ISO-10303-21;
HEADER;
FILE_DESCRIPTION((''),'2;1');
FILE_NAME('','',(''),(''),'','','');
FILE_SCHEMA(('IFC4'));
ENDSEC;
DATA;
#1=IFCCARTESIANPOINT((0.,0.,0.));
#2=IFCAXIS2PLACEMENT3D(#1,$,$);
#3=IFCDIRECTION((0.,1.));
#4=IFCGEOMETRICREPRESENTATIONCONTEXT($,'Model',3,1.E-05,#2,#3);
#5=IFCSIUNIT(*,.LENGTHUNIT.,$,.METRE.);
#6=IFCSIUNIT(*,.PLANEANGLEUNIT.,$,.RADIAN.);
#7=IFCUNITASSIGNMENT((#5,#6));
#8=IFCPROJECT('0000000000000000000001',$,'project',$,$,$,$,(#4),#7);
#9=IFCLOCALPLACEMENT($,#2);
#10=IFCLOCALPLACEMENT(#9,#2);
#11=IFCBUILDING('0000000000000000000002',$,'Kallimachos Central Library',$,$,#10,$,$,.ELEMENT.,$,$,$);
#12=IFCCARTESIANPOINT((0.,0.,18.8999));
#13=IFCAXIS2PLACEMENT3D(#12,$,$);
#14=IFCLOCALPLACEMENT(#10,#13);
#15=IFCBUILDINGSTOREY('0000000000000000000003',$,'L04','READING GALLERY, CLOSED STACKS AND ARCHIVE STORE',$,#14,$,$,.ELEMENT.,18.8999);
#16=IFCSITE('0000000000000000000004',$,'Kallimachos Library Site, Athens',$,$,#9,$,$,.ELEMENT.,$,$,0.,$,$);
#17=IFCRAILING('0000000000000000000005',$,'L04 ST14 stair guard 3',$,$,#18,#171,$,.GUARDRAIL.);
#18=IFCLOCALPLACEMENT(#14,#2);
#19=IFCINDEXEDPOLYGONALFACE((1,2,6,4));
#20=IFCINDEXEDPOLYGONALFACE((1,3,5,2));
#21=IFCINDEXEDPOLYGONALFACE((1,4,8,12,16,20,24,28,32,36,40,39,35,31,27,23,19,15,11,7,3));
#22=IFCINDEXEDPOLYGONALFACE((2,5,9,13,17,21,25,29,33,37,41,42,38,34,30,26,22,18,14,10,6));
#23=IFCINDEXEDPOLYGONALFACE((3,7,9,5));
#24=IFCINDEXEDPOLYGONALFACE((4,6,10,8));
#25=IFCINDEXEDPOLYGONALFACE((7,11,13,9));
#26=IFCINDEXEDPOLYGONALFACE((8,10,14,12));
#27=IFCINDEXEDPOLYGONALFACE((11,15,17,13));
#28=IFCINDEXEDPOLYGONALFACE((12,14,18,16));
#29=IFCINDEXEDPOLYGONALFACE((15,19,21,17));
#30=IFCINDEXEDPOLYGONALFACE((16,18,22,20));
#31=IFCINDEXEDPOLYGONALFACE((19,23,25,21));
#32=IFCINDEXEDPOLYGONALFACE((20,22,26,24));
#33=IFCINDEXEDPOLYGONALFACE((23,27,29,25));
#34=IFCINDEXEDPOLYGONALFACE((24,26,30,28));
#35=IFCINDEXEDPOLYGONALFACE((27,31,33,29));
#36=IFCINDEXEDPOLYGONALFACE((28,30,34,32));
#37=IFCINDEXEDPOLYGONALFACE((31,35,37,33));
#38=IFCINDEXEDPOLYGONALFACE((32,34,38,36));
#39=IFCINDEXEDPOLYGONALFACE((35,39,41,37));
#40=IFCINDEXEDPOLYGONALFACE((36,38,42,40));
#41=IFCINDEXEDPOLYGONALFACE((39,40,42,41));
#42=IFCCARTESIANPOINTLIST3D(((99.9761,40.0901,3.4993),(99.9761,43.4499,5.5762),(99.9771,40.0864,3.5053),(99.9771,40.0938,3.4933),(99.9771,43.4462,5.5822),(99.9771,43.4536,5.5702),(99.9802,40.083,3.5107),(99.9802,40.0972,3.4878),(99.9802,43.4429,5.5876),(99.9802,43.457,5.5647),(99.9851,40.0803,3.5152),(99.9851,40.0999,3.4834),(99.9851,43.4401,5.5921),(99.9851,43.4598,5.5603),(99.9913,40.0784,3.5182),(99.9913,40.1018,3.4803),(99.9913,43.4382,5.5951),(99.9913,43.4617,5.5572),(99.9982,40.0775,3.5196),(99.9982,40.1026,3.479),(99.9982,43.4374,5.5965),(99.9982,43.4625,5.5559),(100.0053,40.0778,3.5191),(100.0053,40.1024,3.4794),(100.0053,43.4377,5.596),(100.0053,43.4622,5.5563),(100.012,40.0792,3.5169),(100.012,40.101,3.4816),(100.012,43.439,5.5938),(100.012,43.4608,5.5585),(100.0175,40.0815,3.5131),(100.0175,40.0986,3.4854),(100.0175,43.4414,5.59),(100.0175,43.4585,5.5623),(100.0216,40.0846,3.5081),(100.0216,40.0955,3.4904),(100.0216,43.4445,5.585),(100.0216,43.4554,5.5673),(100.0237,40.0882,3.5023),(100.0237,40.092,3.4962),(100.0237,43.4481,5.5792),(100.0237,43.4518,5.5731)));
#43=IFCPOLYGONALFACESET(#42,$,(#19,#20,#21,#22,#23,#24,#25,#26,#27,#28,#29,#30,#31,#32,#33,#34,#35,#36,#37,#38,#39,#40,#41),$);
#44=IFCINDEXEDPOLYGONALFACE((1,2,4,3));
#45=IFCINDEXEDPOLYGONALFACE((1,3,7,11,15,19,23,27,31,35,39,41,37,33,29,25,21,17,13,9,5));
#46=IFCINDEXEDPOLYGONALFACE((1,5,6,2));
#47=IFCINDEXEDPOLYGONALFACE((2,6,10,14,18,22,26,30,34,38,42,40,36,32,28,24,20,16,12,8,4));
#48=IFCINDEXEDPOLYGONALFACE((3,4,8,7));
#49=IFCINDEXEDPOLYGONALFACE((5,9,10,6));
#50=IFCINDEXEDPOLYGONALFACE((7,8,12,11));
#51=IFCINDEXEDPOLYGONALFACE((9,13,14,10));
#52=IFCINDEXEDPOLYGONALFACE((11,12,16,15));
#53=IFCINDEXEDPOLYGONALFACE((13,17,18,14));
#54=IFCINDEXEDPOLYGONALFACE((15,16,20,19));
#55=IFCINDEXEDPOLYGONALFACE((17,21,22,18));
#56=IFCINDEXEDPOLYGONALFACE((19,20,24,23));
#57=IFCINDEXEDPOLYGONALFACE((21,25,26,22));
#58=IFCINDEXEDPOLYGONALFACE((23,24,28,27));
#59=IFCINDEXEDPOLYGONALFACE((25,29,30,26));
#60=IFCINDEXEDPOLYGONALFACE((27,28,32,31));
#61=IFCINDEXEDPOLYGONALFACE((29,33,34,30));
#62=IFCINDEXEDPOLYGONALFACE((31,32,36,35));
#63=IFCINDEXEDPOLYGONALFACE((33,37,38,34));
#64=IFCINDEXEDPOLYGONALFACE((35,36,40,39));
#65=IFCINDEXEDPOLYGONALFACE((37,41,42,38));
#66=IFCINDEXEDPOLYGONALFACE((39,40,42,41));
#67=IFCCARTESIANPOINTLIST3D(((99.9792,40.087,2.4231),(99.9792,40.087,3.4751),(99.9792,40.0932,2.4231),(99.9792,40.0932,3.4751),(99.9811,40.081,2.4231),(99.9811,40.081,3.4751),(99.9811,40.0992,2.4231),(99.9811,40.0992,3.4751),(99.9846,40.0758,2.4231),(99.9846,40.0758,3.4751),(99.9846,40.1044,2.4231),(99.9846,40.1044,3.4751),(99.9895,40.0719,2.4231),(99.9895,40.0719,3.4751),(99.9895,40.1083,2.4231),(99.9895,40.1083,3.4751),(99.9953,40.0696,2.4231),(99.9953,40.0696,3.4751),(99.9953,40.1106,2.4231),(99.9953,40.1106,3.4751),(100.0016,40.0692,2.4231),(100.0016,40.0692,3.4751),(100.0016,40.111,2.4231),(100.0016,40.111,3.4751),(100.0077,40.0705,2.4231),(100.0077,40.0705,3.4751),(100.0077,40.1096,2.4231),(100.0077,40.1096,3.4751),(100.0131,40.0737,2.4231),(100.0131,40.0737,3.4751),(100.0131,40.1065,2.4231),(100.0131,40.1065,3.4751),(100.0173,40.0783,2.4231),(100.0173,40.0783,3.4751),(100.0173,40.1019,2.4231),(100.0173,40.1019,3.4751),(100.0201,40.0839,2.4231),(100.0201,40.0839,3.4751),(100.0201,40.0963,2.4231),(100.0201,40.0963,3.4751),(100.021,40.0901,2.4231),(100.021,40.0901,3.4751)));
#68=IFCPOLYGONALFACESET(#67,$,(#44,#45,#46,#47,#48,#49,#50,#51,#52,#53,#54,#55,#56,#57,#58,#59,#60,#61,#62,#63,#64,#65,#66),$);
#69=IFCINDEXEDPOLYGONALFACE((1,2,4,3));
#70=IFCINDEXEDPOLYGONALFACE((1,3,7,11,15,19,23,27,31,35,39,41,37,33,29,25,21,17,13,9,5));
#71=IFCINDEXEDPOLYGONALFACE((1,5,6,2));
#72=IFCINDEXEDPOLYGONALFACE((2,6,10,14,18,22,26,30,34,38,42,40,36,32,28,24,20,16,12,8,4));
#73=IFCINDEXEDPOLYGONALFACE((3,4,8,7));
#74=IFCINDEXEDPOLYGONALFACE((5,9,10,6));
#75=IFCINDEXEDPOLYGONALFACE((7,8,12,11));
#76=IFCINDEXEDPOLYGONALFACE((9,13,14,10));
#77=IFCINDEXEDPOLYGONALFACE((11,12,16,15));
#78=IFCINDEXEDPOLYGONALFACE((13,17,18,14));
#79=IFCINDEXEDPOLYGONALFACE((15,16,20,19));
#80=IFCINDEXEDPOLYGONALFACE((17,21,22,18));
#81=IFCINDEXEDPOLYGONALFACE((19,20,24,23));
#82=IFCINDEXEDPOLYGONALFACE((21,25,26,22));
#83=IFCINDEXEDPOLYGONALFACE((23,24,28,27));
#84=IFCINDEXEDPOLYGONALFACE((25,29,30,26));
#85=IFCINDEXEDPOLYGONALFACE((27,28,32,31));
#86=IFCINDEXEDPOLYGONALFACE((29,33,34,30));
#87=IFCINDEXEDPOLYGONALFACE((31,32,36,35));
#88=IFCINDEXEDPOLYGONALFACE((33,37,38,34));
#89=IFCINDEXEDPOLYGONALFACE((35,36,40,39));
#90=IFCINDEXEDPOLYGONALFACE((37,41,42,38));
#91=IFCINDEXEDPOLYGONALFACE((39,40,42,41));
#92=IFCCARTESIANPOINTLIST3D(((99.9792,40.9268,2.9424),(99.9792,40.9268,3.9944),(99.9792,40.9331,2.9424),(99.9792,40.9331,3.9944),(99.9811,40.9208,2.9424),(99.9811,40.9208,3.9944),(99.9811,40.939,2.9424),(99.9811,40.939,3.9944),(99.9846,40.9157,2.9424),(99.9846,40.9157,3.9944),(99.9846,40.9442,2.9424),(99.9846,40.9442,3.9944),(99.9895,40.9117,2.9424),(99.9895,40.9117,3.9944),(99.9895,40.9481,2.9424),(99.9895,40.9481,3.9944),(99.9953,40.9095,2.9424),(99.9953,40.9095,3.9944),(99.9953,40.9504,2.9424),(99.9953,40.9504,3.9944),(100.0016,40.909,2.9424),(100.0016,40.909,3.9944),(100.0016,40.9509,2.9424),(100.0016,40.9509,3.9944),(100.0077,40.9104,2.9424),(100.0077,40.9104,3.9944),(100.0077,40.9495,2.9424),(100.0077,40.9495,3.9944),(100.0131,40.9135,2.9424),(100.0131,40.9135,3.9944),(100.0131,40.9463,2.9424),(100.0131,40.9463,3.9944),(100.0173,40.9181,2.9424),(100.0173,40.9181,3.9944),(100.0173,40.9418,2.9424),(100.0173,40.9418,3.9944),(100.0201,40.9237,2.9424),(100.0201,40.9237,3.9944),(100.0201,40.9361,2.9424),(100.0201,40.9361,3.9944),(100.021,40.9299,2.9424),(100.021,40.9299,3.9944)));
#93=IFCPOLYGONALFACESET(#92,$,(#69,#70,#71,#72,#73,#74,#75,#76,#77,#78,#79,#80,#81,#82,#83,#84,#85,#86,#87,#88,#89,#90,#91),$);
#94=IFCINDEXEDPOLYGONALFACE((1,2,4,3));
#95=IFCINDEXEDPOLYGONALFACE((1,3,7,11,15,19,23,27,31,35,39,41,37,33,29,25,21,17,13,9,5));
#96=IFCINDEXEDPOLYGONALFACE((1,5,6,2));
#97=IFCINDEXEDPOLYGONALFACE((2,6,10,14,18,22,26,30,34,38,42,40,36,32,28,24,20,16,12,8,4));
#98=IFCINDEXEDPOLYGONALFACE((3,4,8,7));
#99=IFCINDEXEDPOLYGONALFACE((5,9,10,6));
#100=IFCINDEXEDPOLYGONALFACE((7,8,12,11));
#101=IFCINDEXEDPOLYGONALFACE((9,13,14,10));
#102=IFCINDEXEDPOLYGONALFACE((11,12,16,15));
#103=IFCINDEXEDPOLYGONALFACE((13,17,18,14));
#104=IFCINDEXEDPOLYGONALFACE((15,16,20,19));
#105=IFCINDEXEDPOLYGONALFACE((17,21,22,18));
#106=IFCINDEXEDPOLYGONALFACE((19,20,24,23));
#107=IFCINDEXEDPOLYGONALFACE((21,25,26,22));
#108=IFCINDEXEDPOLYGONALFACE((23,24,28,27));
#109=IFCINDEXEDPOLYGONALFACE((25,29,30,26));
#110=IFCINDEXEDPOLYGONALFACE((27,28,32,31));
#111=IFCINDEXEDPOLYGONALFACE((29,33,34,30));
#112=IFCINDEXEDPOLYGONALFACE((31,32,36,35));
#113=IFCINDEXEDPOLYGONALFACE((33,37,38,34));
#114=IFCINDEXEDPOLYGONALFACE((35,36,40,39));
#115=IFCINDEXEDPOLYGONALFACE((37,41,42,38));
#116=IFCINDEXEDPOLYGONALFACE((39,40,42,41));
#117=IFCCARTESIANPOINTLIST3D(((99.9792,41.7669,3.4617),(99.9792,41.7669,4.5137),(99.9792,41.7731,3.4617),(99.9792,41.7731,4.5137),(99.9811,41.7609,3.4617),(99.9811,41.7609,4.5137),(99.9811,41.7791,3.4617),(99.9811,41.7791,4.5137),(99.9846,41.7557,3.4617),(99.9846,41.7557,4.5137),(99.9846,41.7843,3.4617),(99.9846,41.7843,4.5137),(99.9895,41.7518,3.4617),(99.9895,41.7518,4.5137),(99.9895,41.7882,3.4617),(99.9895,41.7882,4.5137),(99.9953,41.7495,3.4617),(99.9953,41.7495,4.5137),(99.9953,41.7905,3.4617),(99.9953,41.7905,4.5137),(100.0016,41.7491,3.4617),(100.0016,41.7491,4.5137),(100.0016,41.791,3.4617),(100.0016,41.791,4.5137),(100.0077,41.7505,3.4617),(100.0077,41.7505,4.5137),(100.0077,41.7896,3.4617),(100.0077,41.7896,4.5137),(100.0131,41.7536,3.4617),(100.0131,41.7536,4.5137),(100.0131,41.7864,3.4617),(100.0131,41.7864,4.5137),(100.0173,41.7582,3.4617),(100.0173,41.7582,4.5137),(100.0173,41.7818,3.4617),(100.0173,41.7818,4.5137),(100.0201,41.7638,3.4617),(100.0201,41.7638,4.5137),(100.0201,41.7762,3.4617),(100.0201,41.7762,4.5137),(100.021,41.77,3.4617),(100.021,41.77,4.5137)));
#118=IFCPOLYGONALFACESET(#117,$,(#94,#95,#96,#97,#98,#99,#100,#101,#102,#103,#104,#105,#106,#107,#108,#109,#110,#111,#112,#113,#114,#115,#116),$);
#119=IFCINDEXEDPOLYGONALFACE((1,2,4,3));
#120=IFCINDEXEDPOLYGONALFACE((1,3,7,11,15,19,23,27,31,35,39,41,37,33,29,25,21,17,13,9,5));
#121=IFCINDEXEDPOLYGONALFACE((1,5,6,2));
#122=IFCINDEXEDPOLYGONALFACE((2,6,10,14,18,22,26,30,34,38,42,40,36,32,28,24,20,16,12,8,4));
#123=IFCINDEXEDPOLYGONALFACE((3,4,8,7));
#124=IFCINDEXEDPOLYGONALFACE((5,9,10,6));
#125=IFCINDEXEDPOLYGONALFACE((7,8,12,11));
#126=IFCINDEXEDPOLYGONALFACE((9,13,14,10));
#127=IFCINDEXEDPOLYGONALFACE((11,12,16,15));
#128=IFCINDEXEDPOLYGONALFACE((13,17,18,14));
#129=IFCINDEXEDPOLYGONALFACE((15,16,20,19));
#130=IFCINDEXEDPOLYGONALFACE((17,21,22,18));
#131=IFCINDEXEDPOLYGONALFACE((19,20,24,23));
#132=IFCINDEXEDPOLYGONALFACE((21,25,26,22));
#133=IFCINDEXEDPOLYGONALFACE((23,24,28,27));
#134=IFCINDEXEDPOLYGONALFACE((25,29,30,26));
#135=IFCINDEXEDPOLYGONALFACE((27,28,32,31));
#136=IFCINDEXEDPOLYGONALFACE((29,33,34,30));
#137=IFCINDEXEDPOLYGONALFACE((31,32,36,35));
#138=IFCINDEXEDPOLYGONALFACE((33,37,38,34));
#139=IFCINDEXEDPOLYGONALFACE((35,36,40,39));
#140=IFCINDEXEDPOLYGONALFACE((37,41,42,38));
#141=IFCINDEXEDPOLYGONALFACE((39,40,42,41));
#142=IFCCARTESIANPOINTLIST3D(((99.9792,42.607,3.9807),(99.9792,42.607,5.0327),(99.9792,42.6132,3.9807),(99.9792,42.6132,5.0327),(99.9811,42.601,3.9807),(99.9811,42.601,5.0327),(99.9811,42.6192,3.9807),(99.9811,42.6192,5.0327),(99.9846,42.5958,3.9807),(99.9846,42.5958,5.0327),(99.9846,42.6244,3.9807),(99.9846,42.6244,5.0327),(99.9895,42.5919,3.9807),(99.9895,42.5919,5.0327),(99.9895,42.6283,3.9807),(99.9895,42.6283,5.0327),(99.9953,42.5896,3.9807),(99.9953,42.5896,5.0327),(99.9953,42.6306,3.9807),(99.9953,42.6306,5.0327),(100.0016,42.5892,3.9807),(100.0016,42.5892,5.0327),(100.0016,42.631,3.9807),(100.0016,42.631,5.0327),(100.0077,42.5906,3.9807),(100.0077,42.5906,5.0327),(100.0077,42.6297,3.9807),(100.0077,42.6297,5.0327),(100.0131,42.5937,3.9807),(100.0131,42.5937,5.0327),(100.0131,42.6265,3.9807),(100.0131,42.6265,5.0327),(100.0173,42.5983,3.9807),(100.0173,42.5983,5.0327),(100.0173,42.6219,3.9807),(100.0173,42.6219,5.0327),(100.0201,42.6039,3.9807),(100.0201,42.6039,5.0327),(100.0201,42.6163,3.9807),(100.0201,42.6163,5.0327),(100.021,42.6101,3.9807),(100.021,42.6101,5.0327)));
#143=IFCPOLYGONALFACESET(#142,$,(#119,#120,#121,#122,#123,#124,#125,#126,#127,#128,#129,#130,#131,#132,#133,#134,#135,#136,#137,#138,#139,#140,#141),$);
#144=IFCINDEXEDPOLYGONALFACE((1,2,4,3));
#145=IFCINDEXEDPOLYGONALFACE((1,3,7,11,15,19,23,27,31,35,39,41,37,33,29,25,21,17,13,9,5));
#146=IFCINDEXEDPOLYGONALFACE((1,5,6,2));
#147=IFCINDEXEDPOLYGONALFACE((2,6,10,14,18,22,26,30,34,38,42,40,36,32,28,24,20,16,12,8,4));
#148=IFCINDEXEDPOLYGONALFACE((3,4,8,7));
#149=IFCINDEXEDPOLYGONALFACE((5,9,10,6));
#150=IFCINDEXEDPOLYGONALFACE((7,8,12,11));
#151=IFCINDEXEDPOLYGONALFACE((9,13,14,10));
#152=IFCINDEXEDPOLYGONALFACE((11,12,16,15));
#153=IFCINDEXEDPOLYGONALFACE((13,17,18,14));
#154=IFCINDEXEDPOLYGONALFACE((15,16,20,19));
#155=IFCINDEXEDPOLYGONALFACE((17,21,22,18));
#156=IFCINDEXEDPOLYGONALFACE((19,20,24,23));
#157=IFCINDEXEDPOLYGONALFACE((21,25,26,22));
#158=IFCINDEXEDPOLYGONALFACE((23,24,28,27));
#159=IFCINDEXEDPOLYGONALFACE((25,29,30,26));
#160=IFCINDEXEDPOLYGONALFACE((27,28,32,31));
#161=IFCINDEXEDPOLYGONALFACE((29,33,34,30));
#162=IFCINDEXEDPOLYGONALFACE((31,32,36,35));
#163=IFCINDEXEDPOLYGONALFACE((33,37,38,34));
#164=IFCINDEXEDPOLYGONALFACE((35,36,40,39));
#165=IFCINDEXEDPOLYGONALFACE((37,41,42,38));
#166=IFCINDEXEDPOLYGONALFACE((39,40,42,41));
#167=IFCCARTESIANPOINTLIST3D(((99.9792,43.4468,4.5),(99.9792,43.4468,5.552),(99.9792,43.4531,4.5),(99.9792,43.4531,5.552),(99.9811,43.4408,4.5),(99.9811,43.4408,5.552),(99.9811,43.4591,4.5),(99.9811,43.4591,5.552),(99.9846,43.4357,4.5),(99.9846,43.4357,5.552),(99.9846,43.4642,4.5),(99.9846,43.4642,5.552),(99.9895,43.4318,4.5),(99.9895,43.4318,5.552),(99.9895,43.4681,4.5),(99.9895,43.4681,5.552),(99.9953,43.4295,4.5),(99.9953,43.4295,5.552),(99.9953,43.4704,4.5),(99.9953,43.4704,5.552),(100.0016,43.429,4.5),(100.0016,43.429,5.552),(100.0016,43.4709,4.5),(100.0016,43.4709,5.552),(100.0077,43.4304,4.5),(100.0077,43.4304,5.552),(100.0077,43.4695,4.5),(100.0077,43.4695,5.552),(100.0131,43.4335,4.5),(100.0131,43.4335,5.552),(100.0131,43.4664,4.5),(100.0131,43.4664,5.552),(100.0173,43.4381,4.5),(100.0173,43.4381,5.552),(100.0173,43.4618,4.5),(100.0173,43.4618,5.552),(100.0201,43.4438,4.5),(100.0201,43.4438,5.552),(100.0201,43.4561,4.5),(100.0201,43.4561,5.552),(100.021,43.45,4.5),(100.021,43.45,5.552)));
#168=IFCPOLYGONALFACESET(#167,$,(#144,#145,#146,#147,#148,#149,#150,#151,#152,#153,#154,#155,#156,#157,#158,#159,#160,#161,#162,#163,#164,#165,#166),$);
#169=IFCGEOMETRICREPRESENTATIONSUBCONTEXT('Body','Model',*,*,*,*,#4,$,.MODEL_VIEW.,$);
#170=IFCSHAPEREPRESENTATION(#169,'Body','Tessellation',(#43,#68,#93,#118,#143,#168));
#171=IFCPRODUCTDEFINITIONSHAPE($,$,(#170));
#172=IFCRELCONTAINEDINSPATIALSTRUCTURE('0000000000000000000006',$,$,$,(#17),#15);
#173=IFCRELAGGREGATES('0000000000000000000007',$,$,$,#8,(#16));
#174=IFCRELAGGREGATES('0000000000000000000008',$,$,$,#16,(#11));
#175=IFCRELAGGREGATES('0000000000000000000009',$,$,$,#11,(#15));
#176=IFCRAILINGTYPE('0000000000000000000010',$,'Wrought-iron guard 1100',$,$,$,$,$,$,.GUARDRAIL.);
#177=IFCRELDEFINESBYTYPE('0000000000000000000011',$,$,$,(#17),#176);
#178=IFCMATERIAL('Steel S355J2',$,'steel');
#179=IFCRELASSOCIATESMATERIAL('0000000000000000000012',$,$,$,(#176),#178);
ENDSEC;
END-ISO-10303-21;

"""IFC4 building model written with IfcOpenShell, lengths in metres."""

from ifc_helpers import new_model, si_unit, direction, frame, origin, origin_2d, place, context, subcontext, project, spatial, circle, extrude, material, type_object, element, save


model = new_model("IFC4")

# Units and contexts
model_context = context("Model", 3, precision=1e-05, world=origin(), true_north=direction((0.0, 1.0)))
body_context = subcontext(model_context, "Body", "Model", "MODEL_VIEW")
ifc_project = project(units=[si_unit("LENGTHUNIT", "METRE"), si_unit("PLANEANGLEUNIT", "RADIAN")], contexts=[model_context])

# Site, building, storey
site_placement = place(None, origin())
site = spatial("IfcSite", under=ifc_project, at=site_placement, Name="Kallimachos Library Site, Athens", CompositionType="ELEMENT", RefElevation=0.0)
building_placement = place(site_placement, origin())
building = spatial("IfcBuilding", under=site, at=building_placement, Name="Kallimachos Central Library", CompositionType="ELEMENT")
storey_placement = place(building_placement, frame((0.0, 0.0, 18.8999)))
storey = spatial("IfcBuildingStorey", under=building, at=storey_placement, Name="L04", Description="READING GALLERY, CLOSED STACKS AND ARCHIVE STORE", CompositionType="ELEMENT", Elevation=18.8999)

# Railing
ifc_material_1 = material(Name="Steel S355J2", Category="steel")
railing_type_1 = type_object("IfcRailingType", Name="Wrought-iron guard 1100", PredefinedType="GUARDRAIL", material=ifc_material_1)
railing_1_placement = place(storey_placement, frame((100.0, 40.0901, 2.4231)))
element("IfcRailing", 1, at=railing_1_placement, inside=storey, type_object=railing_type_1, Name="L04 ST14 stair guard 3", PredefinedType="GUARDRAIL", context=body_context, shape_type="SweptSolid", body=[
    extrude(circle(Radius=0.0239, at=origin_2d()), frame((0.0, 0.0, 1.0762), z_axis=(0.0, 0.850606, 0.525803), x_axis=(-1.0, 0.0, 0.0)), (0.0, 0.0, 1.0), 3.95),
    extrude(circle(Radius=0.021, at=origin_2d()), origin(), (0.0, 0.0, 1.0), 1.052),
    extrude(circle(Radius=0.021, at=origin_2d()), frame((0.0, 0.8398, 0.5193)), (0.0, 0.0, 1.0), 1.052),
    extrude(circle(Radius=0.021, at=origin_2d()), frame((0.0, 1.6799, 1.0386)), (0.0, 0.0, 1.0), 1.052),
    extrude(circle(Radius=0.021, at=origin_2d()), frame((0.0, 2.52, 1.5576)), (0.0, 0.0, 1.0), 1.052),
    extrude(circle(Radius=0.021, at=origin_2d()), frame((0.0, 3.3599, 2.0769)), (0.0, 0.0, 1.0), 1.052),
])

save(model, "model.ifc")
